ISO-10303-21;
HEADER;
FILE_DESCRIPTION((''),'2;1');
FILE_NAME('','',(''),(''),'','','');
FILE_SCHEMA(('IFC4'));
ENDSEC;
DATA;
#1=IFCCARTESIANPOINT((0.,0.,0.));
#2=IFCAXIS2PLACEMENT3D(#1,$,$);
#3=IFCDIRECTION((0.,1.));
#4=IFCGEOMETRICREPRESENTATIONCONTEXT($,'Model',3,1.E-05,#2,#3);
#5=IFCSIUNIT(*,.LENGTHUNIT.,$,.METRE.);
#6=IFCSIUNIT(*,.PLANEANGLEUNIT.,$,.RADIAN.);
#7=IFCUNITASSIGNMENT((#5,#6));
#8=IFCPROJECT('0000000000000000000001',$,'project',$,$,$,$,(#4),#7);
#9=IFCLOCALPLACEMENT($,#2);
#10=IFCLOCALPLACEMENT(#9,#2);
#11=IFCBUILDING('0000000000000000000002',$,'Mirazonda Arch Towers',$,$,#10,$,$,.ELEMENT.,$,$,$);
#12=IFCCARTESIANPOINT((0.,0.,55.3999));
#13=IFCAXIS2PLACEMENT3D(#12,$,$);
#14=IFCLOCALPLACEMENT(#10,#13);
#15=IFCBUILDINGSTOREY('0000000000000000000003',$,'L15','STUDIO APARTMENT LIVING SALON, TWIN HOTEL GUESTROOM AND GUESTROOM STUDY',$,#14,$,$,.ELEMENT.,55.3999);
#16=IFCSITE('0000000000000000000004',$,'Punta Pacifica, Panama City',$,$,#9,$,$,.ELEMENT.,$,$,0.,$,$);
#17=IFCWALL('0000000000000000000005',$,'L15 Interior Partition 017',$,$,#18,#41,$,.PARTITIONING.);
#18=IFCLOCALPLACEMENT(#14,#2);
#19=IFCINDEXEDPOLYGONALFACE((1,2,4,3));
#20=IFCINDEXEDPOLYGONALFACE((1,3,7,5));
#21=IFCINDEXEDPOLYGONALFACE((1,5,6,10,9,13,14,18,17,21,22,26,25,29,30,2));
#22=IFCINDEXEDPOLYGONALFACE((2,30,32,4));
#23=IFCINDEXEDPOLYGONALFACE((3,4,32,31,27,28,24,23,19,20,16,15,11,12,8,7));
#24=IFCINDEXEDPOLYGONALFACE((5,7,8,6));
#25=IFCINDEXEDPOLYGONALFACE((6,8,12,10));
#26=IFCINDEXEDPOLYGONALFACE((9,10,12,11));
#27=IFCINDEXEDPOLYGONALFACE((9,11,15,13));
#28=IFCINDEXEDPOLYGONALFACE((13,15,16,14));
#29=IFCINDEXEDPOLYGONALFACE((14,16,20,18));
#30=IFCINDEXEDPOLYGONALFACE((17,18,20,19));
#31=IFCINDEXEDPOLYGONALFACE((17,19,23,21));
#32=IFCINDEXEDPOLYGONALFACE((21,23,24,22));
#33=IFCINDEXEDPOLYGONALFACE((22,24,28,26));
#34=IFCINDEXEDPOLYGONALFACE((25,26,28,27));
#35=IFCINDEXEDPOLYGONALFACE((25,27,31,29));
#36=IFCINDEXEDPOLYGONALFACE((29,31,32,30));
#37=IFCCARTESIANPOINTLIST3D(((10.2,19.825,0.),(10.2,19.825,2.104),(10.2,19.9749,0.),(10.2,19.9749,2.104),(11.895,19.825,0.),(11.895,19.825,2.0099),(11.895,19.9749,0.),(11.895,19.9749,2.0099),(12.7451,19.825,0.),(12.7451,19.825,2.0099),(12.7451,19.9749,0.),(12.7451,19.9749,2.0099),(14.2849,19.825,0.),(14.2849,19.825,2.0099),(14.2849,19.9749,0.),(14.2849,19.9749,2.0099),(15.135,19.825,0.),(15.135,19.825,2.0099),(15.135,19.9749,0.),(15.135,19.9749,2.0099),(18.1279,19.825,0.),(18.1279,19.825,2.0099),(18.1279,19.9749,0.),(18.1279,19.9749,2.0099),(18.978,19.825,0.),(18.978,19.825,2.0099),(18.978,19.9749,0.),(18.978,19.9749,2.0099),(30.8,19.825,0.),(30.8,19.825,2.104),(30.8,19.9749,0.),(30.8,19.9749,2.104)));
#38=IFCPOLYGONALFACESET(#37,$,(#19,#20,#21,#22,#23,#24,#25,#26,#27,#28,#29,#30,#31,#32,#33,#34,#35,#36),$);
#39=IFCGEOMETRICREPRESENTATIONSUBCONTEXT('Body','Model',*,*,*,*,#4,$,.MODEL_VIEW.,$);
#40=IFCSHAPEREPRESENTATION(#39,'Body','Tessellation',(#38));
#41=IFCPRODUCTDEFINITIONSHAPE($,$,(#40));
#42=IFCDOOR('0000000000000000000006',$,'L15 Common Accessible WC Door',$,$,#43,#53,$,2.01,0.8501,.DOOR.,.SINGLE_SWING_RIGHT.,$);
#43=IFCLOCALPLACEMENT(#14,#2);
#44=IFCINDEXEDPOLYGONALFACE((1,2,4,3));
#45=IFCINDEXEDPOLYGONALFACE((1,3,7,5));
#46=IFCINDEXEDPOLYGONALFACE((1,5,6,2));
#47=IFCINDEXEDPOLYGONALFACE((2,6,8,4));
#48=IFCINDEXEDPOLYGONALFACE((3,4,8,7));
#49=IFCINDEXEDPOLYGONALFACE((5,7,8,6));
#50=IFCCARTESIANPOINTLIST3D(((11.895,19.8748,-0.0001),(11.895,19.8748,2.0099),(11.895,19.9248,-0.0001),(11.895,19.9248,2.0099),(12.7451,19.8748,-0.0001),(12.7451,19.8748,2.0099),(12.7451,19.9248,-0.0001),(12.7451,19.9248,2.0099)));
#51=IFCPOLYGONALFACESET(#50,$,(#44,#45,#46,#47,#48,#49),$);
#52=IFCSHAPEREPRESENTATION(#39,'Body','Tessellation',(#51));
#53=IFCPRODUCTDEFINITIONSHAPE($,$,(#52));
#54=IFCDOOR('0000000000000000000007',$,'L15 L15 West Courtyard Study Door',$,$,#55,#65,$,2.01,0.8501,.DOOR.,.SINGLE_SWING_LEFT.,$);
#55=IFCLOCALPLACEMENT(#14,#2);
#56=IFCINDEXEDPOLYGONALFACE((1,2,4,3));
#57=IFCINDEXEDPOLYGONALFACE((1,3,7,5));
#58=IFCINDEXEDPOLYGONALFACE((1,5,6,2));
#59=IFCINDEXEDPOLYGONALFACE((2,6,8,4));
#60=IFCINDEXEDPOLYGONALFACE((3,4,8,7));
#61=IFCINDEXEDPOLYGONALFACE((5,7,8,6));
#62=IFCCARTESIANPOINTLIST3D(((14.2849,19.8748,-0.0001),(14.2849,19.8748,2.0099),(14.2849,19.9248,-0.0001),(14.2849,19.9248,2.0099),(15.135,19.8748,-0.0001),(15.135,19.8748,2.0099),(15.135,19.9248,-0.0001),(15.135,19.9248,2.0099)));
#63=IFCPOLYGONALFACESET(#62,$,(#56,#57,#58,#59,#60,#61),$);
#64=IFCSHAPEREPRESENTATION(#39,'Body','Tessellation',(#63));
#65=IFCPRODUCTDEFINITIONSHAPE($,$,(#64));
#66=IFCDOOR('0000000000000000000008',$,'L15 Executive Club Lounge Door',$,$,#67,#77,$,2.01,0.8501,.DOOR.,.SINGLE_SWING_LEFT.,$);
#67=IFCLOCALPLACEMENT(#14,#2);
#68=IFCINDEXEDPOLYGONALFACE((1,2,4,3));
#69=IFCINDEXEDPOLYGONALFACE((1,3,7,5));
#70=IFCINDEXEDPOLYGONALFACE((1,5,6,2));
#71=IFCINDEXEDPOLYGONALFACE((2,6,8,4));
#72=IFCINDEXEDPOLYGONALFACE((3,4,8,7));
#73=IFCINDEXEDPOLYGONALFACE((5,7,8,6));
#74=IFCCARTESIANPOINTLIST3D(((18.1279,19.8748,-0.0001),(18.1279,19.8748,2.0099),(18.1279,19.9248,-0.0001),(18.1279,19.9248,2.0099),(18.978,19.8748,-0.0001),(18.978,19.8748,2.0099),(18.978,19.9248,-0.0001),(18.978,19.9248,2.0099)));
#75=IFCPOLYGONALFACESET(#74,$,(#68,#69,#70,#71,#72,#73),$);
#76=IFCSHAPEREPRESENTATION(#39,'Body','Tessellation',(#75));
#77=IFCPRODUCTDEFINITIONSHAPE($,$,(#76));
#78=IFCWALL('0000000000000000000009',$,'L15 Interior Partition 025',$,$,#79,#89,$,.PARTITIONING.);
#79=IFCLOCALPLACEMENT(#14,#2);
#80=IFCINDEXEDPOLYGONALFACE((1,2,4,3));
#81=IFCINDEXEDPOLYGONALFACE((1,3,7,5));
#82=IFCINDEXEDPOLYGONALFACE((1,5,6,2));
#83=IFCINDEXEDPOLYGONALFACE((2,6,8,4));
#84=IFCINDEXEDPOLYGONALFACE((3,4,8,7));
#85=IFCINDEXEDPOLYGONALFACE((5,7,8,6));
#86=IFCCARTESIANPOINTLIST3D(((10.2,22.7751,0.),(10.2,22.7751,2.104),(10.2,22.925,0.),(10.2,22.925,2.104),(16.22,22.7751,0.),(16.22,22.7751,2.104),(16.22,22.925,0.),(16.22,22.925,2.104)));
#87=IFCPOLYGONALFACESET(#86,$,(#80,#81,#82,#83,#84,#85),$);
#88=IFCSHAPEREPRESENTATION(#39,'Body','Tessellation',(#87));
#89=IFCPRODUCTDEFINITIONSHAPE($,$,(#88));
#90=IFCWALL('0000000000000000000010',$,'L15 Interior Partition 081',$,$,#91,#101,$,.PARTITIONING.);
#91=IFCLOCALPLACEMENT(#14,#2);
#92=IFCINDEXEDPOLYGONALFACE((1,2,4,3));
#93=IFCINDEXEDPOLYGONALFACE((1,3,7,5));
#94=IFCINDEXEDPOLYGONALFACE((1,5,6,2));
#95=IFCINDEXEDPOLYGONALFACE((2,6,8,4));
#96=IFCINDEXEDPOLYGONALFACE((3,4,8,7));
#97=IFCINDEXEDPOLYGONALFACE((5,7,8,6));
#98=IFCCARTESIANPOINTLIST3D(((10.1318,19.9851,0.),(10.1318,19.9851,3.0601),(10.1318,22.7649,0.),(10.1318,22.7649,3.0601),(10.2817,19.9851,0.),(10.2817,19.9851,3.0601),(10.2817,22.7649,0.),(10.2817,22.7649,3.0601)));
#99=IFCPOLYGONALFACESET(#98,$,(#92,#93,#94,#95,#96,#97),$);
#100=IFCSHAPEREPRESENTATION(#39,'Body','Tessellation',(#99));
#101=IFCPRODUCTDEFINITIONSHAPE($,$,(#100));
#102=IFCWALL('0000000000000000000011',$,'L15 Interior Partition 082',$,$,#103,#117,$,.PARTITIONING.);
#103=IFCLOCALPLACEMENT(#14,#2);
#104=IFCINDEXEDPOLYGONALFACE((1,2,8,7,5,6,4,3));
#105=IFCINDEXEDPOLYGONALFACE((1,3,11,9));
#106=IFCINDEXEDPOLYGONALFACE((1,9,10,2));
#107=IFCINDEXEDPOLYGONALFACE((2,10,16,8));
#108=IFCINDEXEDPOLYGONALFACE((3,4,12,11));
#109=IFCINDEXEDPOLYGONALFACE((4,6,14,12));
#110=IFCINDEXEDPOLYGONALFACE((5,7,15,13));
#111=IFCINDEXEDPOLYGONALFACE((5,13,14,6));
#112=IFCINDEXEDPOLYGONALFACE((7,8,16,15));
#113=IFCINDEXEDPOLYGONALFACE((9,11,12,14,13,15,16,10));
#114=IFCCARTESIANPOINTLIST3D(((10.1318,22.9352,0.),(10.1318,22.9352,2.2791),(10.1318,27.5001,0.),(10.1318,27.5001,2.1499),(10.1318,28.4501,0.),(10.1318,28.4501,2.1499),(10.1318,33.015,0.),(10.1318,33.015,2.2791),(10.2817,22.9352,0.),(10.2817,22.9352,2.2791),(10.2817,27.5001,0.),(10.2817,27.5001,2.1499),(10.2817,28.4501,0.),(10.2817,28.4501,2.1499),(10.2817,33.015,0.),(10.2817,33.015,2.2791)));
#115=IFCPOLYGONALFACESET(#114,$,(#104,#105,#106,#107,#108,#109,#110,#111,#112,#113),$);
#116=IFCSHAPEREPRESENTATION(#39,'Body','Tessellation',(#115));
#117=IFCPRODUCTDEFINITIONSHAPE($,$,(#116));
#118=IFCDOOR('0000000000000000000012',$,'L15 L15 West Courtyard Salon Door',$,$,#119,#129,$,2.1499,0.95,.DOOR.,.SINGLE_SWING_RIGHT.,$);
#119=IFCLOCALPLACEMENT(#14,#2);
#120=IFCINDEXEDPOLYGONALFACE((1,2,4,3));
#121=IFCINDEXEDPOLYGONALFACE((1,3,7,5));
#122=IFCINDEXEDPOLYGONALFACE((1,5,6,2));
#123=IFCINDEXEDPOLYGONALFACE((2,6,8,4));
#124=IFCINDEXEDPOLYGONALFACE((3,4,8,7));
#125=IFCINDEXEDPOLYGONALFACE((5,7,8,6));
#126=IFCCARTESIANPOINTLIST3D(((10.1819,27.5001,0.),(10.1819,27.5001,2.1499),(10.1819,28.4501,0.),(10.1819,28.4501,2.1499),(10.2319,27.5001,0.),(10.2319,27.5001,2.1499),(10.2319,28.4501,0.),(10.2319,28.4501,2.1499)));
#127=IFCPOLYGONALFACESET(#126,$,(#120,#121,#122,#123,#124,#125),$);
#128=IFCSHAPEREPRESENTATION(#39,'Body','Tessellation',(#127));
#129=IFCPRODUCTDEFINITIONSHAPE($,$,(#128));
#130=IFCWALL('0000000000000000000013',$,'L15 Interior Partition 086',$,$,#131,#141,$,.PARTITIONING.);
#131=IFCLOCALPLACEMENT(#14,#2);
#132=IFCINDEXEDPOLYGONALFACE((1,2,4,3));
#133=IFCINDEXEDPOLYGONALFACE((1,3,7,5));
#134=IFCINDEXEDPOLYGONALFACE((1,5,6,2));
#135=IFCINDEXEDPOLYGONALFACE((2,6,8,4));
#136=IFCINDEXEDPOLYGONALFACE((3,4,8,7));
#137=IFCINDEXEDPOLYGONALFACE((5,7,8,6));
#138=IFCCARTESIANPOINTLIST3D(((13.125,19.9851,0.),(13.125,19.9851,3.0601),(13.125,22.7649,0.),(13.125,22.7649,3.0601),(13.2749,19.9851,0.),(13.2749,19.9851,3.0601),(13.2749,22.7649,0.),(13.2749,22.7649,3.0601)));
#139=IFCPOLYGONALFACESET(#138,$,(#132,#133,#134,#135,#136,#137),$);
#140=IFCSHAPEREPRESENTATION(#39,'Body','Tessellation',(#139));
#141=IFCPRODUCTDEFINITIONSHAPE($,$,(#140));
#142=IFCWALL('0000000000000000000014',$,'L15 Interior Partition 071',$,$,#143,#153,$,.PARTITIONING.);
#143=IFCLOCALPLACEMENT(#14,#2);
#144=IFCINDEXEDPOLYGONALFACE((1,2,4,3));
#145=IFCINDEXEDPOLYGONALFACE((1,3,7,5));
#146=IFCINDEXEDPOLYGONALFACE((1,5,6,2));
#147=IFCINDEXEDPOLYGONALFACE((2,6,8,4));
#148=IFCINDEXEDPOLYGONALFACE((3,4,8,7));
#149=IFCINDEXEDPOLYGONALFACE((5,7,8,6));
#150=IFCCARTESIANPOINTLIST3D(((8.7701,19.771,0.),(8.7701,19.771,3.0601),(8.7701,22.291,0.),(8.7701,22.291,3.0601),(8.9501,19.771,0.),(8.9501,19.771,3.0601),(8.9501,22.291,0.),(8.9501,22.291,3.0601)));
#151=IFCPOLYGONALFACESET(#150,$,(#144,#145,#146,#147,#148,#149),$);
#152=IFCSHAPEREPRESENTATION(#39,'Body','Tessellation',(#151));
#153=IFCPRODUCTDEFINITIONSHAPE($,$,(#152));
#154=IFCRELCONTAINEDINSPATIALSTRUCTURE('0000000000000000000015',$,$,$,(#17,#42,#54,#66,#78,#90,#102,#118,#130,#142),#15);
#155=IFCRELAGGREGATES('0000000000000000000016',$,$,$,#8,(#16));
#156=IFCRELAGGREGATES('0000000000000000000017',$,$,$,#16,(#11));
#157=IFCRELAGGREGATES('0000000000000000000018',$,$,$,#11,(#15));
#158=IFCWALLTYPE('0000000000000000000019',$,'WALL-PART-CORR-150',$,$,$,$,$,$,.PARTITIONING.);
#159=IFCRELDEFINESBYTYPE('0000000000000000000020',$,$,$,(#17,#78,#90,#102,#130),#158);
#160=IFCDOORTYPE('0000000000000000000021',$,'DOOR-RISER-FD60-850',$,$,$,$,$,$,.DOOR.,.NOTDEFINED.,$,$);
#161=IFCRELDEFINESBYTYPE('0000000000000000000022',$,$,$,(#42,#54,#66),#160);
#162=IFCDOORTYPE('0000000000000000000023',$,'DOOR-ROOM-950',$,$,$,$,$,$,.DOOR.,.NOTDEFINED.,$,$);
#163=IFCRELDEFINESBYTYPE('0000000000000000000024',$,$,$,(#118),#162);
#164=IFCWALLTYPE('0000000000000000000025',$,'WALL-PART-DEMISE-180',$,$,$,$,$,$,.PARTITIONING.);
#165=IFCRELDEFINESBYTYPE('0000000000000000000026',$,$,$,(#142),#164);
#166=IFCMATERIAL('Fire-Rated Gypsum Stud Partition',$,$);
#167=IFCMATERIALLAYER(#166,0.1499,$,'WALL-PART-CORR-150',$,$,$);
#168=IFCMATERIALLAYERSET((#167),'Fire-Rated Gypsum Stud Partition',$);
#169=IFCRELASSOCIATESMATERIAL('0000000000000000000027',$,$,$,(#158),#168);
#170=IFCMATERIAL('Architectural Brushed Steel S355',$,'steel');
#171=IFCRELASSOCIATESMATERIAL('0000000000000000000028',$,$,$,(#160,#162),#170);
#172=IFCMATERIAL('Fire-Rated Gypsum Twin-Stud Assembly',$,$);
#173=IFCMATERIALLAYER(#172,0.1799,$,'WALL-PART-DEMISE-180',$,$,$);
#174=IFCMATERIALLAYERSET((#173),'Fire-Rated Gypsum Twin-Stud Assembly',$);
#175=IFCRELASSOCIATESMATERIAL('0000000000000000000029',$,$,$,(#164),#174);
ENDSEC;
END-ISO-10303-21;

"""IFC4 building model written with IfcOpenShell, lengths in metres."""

from ifc_helpers import new_model, si_unit, direction, frame, frame_2d, origin, place, context, subcontext, project, spatial, rectangle, extrude, material, layer, layer_set, type_object, element, fill, save


model = new_model("IFC4")

# Units and contexts
model_context = context("Model", 3, precision=1e-05, world=origin(), true_north=direction((0.0, 1.0)))
body_context = subcontext(model_context, "Body", "Model", "MODEL_VIEW")
ifc_project = project(units=[si_unit("LENGTHUNIT", "METRE"), si_unit("PLANEANGLEUNIT", "RADIAN")], contexts=[model_context])

# Site, building, storey
site_placement = place(None, origin())
site = spatial("IfcSite", under=ifc_project, at=site_placement, Name="Punta Pacifica, Panama City", CompositionType="ELEMENT", RefElevation=0.0)
building_placement = place(site_placement, origin())
building = spatial("IfcBuilding", under=site, at=building_placement, Name="Mirazonda Arch Towers", CompositionType="ELEMENT")
storey_placement = place(building_placement, frame((0.0, 0.0, 55.3999)))
storey = spatial("IfcBuildingStorey", under=building, at=storey_placement, Name="L15", Description="STUDIO APARTMENT LIVING SALON, TWIN HOTEL GUESTROOM AND GUESTROOM STUDY", CompositionType="ELEMENT", Elevation=55.3999)

# Shared definitions
ifc_material_1 = material(Name="Architectural Brushed Steel S355", Category="steel")

# Shared definitions
ifc_material_2 = material(Name="Fire-Rated Gypsum Stud Partition")
ifc_layer_1 = layer(ifc_material_2, 0.1499, Name="WALL-PART-CORR-150")
ifc_layer_set_1 = layer_set([ifc_layer_1], Name="Fire-Rated Gypsum Stud Partition")
wall_type_1 = type_object("IfcWallType", Name="WALL-PART-CORR-150", PredefinedType="PARTITIONING", material=ifc_layer_set_1)

# Wall, openings, doors
wall_1_placement = place(storey_placement, frame((10.2, 19.8999, 0.0), z_axis=(0.0, 0.0, 1.0), x_axis=(1.0, 0.0, 0.0)))
wall_1 = element("IfcWall", 1, at=wall_1_placement, inside=storey, type_object=wall_type_1, Name="L15 Interior Partition 017", PredefinedType="PARTITIONING", context=body_context, shape_type="SweptSolid", body=[
    extrude(rectangle(XDim=20.6001, YDim=0.1499, at=frame_2d((10.3, 0.0))), origin(), (0.0, 0.0, 1.0), 2.104),
])
opening_1_placement = place(wall_1_placement, frame((1.6951, 0.0, 0.0)))
opening_1 = element("IfcOpeningElement", 2, at=opening_1_placement, cuts=wall_1, PredefinedType="OPENING", context=body_context, shape_type="SweptSolid", body=[
    extrude(rectangle(XDim=0.8501, YDim=2.01, at=frame_2d((0.425, 1.0049))), frame((0.0, 0.085, 0.0), z_axis=(0.0, -1.0, 0.0), x_axis=(1.0, 0.0, 0.0)), (0.0, 0.0, 1.0), 0.1699),
])
opening_2_placement = place(wall_1_placement, frame((4.085, 0.0, 0.0)))
opening_2 = element("IfcOpeningElement", 3, at=opening_2_placement, cuts=wall_1, PredefinedType="OPENING", context=body_context, shape_type="SweptSolid", body=[
    extrude(rectangle(XDim=0.8501, YDim=2.01, at=frame_2d((0.425, 1.0049))), frame((0.0, 0.085, 0.0), z_axis=(0.0, -1.0, 0.0), x_axis=(1.0, 0.0, 0.0)), (0.0, 0.0, 1.0), 0.1699),
])
opening_3_placement = place(wall_1_placement, frame((7.928, 0.0, 0.0)))
opening_3 = element("IfcOpeningElement", 4, at=opening_3_placement, cuts=wall_1, PredefinedType="OPENING", context=body_context, shape_type="SweptSolid", body=[
    extrude(rectangle(XDim=0.8501, YDim=2.01, at=frame_2d((0.425, 1.0049))), frame((0.0, 0.085, 0.0), z_axis=(0.0, -1.0, 0.0), x_axis=(1.0, 0.0, 0.0)), (0.0, 0.0, 1.0), 0.1699),
])
door_type_1 = type_object("IfcDoorType", Name="DOOR-RISER-FD60-850", OperationType="NOTDEFINED", PredefinedType="DOOR", material=ifc_material_1)
door_1_placement = place(opening_1_placement, origin())
door_1 = element("IfcDoor", 5, at=door_1_placement, inside=storey, type_object=door_type_1, Name="L15 Common Accessible WC Door", OperationType="SINGLE_SWING_RIGHT", OverallHeight=2.01, OverallWidth=0.8501, PredefinedType="DOOR", context=body_context, shape_type="SweptSolid", body=[
    extrude(rectangle(XDim=0.8501, YDim=2.01, at=frame_2d((0.425, 1.0049))), frame((0.0, 0.0249, 0.0), z_axis=(0.0, -1.0, 0.0), x_axis=(1.0, 0.0, 0.0)), (0.0, 0.0, 1.0), 0.05),
])
fill(opening_1, door_1)
door_2_placement = place(opening_2_placement, origin())
door_2 = element("IfcDoor", 6, at=door_2_placement, inside=storey, type_object=door_type_1, Name="L15 L15 West Courtyard Study Door", OperationType="SINGLE_SWING_LEFT", OverallHeight=2.01, OverallWidth=0.8501, PredefinedType="DOOR", context=body_context, shape_type="SweptSolid", body=[
    extrude(rectangle(XDim=0.8501, YDim=2.01, at=frame_2d((0.425, 1.0049))), frame((0.0, 0.0249, 0.0), z_axis=(0.0, -1.0, 0.0), x_axis=(1.0, 0.0, 0.0)), (0.0, 0.0, 1.0), 0.05),
])
fill(opening_2, door_2)
door_3_placement = place(opening_3_placement, origin())
door_3 = element("IfcDoor", 7, at=door_3_placement, inside=storey, type_object=door_type_1, Name="L15 Executive Club Lounge Door", OperationType="SINGLE_SWING_LEFT", OverallHeight=2.01, OverallWidth=0.8501, PredefinedType="DOOR", context=body_context, shape_type="SweptSolid", body=[
    extrude(rectangle(XDim=0.8501, YDim=2.01, at=frame_2d((0.425, 1.0049))), frame((0.0, 0.0249, 0.0), z_axis=(0.0, -1.0, 0.0), x_axis=(1.0, 0.0, 0.0)), (0.0, 0.0, 1.0), 0.05),
])
fill(opening_3, door_3)

# Walls
wall_2_placement = place(storey_placement, frame((10.2, 22.8501, 0.0), z_axis=(0.0, 0.0, 1.0), x_axis=(1.0, 0.0, 0.0)))
element("IfcWall", 8, at=wall_2_placement, inside=storey, type_object=wall_type_1, Name="L15 Interior Partition 025", PredefinedType="PARTITIONING", context=body_context, shape_type="SweptSolid", body=[
    extrude(rectangle(XDim=6.02, YDim=0.1499, at=frame_2d((3.01, 0.0))), origin(), (0.0, 0.0, 1.0), 2.104),
])
wall_3_placement = place(storey_placement, frame((10.2068, 19.9851, 0.0), z_axis=(0.0, 0.0, 1.0), x_axis=(0.0, 1.0, 0.0)))
element("IfcWall", 9, at=wall_3_placement, inside=storey, type_object=wall_type_1, Name="L15 Interior Partition 081", PredefinedType="PARTITIONING", context=body_context, shape_type="SweptSolid", body=[
    extrude(rectangle(XDim=2.7798, YDim=0.1499, at=frame_2d((1.3899, 0.0))), origin(), (0.0, 0.0, 1.0), 3.0601),
])

# Wall, opening, door
wall_4_placement = place(storey_placement, frame((10.2068, 22.9351, 0.0), z_axis=(0.0, 0.0, 1.0), x_axis=(0.0, 1.0, 0.0)))
wall_4 = element("IfcWall", 10, at=wall_4_placement, inside=storey, type_object=wall_type_1, Name="L15 Interior Partition 082", PredefinedType="PARTITIONING", context=body_context, shape_type="SweptSolid", body=[
    extrude(rectangle(XDim=10.0798, YDim=0.1499, at=frame_2d((5.04, 0.0))), origin(), (0.0, 0.0, 1.0), 2.2791),
])
opening_4_placement = place(wall_4_placement, frame((4.5649, 0.0, 0.0)))
opening_4 = element("IfcOpeningElement", 11, at=opening_4_placement, cuts=wall_4, PredefinedType="OPENING", context=body_context, shape_type="SweptSolid", body=[
    extrude(rectangle(XDim=0.95, YDim=2.1499, at=frame_2d((0.4751, 1.075))), frame((0.0, 0.085, 0.0), z_axis=(0.0, -1.0, 0.0), x_axis=(1.0, 0.0, 0.0)), (0.0, 0.0, 1.0), 0.1699),
])
door_type_2 = type_object("IfcDoorType", Name="DOOR-ROOM-950", OperationType="NOTDEFINED", PredefinedType="DOOR", material=ifc_material_1)
door_4_placement = place(opening_4_placement, origin())
door_4 = element("IfcDoor", 12, at=door_4_placement, inside=storey, type_object=door_type_2, Name="L15 L15 West Courtyard Salon Door", OperationType="SINGLE_SWING_RIGHT", OverallHeight=2.1499, OverallWidth=0.95, PredefinedType="DOOR", context=body_context, shape_type="SweptSolid", body=[
    extrude(rectangle(XDim=0.95, YDim=2.1499, at=frame_2d((0.4751, 1.075))), frame((0.0, 0.0249, 0.0), z_axis=(0.0, -1.0, 0.0), x_axis=(1.0, 0.0, 0.0)), (0.0, 0.0, 1.0), 0.05),
])
fill(opening_4, door_4)

# Walls
wall_5_placement = place(storey_placement, frame((13.2, 19.9851, 0.0), z_axis=(0.0, 0.0, 1.0), x_axis=(0.0, 1.0, 0.0)))
element("IfcWall", 13, at=wall_5_placement, inside=storey, type_object=wall_type_1, Name="L15 Interior Partition 086", PredefinedType="PARTITIONING", context=body_context, shape_type="SweptSolid", body=[
    extrude(rectangle(XDim=2.7798, YDim=0.1499, at=frame_2d((1.3899, 0.0))), origin(), (0.0, 0.0, 1.0), 3.0601),
])
ifc_material_3 = material(Name="Fire-Rated Gypsum Twin-Stud Assembly")
ifc_layer_2 = layer(ifc_material_3, 0.1799, Name="WALL-PART-DEMISE-180")
ifc_layer_set_2 = layer_set([ifc_layer_2], Name="Fire-Rated Gypsum Twin-Stud Assembly")
wall_type_2 = type_object("IfcWallType", Name="WALL-PART-DEMISE-180", PredefinedType="PARTITIONING", material=ifc_layer_set_2)
wall_6_placement = place(storey_placement, frame((8.8601, 19.771, 0.0), z_axis=(0.0, 0.0, 1.0), x_axis=(0.0, 1.0, 0.0)))
element("IfcWall", 14, at=wall_6_placement, inside=storey, type_object=wall_type_2, Name="L15 Interior Partition 071", PredefinedType="PARTITIONING", context=body_context, shape_type="SweptSolid", body=[
    extrude(rectangle(XDim=2.52, YDim=0.1799, at=frame_2d((1.26, 0.0))), origin(), (0.0, 0.0, 1.0), 3.0601),
])

save(model, "model.ifc")
